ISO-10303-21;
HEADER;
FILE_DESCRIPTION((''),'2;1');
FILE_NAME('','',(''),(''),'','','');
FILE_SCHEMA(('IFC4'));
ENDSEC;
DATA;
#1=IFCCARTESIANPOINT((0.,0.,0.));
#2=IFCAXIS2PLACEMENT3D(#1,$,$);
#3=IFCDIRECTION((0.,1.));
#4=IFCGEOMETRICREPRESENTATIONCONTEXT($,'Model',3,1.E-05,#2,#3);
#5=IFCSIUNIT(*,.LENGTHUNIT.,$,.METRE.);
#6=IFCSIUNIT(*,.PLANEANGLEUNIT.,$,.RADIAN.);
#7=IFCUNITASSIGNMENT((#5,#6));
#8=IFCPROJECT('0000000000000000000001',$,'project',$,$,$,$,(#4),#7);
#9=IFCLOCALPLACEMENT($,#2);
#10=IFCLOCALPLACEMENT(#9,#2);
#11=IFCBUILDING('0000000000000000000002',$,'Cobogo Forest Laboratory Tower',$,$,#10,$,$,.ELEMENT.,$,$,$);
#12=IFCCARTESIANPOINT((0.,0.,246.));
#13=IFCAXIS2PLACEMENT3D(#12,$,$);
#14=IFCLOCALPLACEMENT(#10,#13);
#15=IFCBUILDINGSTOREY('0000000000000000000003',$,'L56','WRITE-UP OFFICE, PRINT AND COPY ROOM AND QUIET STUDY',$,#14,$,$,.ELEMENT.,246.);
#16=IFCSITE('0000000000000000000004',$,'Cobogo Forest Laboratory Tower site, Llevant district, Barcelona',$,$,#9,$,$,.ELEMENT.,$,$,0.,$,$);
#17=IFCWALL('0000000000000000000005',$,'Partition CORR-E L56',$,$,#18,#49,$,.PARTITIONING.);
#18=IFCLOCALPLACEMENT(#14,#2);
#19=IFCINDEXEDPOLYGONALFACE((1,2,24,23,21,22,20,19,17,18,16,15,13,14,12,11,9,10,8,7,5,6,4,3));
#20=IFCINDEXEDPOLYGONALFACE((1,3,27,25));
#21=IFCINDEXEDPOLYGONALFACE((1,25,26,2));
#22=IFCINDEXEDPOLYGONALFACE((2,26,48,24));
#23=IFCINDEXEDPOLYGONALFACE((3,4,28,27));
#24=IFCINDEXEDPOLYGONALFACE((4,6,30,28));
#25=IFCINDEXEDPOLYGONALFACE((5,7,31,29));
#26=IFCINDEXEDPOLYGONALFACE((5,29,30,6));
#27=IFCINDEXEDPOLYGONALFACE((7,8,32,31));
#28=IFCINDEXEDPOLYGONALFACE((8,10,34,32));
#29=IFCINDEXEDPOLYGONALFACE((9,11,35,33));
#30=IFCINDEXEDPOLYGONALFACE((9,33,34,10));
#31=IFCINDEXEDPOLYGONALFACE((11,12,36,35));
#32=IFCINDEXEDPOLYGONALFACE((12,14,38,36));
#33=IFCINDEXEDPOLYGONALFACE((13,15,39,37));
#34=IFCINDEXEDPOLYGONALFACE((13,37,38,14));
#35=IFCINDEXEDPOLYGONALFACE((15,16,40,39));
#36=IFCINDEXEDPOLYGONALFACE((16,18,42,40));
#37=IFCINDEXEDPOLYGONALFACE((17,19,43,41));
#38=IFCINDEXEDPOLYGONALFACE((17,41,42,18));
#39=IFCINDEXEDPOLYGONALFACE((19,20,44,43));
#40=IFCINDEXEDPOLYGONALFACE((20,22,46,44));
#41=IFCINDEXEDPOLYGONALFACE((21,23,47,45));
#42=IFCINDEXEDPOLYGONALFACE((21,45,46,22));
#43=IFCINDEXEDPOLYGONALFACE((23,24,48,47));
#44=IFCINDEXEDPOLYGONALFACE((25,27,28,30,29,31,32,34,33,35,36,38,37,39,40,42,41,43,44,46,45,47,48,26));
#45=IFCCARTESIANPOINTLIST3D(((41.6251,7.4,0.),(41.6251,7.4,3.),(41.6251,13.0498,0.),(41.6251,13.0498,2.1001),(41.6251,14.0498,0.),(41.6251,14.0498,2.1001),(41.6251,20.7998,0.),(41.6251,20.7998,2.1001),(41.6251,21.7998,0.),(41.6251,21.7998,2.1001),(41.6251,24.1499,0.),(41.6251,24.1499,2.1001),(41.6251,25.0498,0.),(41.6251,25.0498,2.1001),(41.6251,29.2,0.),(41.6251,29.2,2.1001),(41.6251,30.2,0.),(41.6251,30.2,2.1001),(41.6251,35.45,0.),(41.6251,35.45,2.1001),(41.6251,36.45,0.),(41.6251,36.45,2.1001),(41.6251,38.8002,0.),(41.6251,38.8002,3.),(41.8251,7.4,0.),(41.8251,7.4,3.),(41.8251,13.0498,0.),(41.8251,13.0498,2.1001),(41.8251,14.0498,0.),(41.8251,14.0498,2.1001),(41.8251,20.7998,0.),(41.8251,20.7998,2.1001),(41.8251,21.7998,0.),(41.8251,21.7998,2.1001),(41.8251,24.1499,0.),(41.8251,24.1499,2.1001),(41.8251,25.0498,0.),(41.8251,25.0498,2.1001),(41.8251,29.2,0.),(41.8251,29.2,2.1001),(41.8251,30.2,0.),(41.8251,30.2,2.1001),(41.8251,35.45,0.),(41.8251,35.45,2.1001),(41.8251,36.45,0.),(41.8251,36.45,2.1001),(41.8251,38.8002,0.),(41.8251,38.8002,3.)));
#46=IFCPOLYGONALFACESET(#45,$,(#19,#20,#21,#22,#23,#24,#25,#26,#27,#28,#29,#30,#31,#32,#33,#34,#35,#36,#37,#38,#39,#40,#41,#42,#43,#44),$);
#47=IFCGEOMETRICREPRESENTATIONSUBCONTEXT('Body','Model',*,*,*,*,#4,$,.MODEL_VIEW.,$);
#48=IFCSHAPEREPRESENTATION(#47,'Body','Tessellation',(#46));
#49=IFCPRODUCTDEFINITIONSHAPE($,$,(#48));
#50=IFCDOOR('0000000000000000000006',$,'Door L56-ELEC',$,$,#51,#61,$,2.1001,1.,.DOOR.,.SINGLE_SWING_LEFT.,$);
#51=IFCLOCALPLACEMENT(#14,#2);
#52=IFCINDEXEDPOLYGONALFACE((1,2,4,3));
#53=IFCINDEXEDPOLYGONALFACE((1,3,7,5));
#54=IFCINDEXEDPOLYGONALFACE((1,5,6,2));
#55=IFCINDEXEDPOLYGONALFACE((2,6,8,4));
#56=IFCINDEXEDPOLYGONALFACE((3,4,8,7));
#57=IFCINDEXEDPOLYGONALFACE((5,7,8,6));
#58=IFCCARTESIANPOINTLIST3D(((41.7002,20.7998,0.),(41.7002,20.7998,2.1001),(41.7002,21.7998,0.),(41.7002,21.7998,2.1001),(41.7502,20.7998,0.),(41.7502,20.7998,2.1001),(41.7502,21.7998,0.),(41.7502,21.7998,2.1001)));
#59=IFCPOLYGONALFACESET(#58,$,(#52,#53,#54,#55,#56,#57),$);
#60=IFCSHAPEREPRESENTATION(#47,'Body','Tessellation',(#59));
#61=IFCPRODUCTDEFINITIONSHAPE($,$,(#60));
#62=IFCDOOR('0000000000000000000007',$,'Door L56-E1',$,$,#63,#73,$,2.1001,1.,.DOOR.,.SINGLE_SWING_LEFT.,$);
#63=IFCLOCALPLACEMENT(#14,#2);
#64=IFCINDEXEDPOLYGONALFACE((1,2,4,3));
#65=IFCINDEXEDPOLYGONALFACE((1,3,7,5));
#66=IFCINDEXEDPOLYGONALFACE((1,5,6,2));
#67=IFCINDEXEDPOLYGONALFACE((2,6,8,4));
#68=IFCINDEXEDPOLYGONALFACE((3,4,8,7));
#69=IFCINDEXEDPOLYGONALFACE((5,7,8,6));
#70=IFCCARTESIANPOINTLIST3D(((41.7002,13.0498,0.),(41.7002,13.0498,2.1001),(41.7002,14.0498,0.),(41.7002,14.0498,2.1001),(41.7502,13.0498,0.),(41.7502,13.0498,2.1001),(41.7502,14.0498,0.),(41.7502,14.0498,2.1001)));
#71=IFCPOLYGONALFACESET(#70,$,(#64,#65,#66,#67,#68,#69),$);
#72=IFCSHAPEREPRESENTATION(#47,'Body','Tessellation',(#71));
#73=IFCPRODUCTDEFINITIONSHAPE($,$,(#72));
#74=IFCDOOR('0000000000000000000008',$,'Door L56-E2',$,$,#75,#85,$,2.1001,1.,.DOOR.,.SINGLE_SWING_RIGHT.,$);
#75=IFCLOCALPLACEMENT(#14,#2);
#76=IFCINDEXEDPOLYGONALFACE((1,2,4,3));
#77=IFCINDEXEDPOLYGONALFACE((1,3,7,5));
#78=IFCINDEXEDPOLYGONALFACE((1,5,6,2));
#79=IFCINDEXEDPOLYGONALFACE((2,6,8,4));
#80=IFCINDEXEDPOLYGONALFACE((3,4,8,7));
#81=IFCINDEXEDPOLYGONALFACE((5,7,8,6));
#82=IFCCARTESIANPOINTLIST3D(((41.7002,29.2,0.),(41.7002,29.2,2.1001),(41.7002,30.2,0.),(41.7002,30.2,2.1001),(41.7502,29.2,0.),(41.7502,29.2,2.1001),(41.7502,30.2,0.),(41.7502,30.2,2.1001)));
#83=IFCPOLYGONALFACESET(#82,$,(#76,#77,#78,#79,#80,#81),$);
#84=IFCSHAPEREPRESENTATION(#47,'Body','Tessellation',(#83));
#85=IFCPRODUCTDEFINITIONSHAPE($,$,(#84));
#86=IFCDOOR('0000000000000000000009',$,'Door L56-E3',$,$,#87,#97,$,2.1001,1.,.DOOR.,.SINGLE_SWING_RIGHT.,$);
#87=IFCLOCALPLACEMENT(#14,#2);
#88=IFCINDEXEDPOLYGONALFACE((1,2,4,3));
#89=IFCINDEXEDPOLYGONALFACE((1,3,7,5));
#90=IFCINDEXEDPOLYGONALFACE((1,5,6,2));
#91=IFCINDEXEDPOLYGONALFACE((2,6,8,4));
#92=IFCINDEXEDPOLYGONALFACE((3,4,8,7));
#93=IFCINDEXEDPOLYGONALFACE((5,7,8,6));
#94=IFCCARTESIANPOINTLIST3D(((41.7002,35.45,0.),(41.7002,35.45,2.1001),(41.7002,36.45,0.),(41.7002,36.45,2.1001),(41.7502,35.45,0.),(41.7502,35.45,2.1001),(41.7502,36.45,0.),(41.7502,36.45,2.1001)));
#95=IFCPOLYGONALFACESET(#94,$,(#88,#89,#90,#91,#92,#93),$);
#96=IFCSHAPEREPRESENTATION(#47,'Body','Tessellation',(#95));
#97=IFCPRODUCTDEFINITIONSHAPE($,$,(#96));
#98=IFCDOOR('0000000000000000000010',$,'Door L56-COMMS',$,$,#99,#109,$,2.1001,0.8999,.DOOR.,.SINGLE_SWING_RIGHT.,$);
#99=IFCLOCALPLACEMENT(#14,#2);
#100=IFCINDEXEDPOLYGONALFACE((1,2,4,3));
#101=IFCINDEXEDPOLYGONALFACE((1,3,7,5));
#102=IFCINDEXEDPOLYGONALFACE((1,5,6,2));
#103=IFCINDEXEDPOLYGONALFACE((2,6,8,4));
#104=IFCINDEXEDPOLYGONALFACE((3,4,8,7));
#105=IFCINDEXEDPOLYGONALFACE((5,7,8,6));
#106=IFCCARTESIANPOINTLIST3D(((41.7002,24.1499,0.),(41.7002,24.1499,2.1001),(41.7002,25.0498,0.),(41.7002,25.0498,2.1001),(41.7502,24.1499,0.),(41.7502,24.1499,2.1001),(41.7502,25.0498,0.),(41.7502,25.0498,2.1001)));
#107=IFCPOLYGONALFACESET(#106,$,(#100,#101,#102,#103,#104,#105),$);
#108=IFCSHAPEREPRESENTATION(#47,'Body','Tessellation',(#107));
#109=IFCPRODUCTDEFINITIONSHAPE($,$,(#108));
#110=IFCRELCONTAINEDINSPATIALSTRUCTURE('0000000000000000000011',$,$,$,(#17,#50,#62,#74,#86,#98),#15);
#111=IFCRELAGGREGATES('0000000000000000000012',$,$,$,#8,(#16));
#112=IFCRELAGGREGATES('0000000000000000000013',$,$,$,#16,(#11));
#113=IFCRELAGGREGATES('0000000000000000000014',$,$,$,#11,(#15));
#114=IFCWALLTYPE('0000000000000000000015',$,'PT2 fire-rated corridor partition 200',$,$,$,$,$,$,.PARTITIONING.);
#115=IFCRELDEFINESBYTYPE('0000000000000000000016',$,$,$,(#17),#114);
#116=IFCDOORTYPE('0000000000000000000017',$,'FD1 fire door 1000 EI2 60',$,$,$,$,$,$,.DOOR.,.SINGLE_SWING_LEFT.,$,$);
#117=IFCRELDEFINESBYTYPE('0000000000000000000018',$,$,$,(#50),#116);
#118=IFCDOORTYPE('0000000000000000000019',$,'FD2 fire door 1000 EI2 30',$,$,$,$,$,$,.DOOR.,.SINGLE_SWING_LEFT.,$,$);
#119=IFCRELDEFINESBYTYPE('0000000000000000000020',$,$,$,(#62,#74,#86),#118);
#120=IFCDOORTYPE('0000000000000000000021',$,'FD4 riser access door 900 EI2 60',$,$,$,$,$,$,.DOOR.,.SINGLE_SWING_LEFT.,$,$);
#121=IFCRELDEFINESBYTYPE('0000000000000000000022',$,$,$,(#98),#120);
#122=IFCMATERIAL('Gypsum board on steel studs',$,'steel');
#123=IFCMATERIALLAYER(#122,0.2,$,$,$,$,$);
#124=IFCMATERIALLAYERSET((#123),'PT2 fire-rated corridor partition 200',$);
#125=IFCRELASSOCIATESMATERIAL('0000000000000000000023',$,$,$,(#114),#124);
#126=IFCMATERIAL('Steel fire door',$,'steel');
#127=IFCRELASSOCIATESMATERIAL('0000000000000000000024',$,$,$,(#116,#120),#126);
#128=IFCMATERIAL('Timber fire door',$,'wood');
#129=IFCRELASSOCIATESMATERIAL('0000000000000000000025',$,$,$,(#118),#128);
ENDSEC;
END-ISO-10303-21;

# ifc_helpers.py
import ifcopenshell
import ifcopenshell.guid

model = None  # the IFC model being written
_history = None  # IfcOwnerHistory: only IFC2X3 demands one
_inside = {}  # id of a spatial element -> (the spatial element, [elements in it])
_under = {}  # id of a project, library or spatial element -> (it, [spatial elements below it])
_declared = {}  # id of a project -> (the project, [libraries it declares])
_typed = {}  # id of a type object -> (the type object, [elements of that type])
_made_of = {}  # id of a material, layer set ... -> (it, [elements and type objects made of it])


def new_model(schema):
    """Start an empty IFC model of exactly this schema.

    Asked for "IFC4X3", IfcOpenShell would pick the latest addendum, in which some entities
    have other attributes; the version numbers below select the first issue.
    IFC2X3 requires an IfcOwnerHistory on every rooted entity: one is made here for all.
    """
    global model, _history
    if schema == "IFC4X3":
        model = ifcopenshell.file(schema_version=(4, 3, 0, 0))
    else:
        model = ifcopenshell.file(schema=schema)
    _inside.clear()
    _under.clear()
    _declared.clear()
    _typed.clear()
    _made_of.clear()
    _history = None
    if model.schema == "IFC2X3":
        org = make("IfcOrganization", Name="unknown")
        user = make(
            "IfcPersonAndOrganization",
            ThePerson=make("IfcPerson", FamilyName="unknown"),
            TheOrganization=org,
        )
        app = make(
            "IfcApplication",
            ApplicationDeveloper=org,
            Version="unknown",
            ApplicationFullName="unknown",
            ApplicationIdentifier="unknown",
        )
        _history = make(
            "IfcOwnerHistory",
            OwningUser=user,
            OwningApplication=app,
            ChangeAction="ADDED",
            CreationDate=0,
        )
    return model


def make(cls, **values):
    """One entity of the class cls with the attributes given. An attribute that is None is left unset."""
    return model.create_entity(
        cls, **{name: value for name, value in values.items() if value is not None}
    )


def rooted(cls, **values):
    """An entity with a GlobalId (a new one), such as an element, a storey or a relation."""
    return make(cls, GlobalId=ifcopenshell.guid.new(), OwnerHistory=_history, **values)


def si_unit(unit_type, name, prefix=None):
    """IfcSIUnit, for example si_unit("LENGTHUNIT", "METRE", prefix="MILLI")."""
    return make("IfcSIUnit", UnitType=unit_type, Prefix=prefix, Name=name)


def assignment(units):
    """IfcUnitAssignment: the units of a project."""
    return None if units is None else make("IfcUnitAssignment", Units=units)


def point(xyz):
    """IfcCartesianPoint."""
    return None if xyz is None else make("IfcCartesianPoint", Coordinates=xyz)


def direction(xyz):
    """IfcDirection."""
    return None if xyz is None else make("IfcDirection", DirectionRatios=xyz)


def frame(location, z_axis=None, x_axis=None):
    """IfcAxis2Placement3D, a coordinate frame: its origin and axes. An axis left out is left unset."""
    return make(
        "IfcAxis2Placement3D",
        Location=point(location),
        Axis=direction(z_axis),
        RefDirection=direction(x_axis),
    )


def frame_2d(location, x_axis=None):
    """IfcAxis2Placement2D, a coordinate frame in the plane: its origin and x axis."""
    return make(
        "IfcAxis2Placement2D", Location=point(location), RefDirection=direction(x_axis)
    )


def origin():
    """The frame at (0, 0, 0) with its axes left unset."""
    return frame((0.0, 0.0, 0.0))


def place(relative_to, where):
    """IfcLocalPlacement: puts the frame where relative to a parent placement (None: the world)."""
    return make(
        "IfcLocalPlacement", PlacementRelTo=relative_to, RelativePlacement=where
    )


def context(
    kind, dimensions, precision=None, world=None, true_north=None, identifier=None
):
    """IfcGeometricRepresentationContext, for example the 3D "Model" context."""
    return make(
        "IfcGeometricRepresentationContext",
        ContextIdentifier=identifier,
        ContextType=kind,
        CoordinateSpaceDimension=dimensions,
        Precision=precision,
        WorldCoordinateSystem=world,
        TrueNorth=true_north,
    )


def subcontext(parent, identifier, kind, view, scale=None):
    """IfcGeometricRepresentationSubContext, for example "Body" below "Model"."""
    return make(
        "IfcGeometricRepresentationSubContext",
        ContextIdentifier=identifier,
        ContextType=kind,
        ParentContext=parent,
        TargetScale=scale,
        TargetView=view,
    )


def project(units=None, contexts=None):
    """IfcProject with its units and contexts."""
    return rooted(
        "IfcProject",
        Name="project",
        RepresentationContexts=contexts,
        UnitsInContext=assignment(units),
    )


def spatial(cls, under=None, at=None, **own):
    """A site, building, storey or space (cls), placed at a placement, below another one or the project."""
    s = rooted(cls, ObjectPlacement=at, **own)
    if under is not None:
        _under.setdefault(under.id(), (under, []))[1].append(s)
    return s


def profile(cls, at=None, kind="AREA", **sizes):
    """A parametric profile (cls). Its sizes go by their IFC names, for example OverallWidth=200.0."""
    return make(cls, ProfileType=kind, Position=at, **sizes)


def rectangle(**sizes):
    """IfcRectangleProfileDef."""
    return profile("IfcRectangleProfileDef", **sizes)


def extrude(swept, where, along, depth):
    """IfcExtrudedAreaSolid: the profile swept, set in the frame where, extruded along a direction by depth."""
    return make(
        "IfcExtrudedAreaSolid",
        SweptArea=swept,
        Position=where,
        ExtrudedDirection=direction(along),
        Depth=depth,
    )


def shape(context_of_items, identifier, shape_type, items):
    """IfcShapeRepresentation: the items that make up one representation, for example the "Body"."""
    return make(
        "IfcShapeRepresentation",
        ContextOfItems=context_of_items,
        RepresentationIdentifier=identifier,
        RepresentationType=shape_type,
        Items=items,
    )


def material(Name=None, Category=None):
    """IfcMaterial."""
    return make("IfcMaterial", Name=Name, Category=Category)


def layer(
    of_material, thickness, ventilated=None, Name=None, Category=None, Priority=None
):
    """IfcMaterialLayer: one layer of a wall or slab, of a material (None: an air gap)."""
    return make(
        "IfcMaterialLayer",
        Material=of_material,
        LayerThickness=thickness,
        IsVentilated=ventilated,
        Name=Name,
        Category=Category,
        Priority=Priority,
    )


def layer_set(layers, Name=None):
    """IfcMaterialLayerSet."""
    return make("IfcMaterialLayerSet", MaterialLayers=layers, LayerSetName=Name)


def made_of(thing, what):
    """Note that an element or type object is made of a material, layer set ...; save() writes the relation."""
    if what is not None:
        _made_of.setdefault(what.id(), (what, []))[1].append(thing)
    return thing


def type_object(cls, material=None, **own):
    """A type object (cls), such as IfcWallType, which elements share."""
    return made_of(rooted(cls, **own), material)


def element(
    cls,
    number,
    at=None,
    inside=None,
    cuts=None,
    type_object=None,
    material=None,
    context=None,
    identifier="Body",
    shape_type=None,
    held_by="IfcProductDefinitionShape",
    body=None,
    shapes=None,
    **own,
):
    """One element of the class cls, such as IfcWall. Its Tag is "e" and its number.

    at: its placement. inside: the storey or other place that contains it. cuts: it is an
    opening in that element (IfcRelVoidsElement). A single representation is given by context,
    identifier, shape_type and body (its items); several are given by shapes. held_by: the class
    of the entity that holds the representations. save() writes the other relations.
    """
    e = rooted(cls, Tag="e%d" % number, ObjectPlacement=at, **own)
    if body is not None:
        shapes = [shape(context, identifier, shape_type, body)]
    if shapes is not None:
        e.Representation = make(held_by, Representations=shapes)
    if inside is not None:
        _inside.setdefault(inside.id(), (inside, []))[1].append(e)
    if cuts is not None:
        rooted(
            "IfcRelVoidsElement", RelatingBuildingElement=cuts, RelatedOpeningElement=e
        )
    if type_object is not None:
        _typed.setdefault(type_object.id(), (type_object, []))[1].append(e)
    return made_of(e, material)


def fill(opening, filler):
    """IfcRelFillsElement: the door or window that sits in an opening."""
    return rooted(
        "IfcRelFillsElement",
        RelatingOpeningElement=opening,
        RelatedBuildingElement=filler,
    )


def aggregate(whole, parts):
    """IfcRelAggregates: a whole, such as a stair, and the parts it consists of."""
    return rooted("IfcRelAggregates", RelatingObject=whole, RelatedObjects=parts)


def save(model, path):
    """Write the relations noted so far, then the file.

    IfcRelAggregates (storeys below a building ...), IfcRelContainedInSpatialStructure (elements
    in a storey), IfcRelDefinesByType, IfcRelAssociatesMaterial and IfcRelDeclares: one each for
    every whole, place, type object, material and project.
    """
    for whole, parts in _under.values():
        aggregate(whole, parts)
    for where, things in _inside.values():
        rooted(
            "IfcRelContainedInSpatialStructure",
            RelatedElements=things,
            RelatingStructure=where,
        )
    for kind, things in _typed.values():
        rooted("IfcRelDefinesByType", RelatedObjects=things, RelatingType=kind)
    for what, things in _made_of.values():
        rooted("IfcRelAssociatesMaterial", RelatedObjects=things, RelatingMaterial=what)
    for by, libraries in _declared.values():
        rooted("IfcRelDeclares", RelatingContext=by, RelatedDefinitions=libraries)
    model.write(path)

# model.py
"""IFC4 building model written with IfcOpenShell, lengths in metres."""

from ifc_helpers import new_model, si_unit, direction, frame, frame_2d, origin, place, context, subcontext, project, spatial, rectangle, extrude, material, layer, layer_set, type_object, element, fill, save


model = new_model("IFC4")

# Units and contexts
model_context = context("Model", 3, precision=1e-05, world=origin(), true_north=direction((0.0, 1.0)))
body_context = subcontext(model_context, "Body", "Model", "MODEL_VIEW")
ifc_project = project(units=[si_unit("LENGTHUNIT", "METRE"), si_unit("PLANEANGLEUNIT", "RADIAN")], contexts=[model_context])

# Site, building, storey
site_placement = place(None, origin())
site = spatial("IfcSite", under=ifc_project, at=site_placement, Name="Cobogo Forest Laboratory Tower site, Llevant district, Barcelona", CompositionType="ELEMENT", RefElevation=0.0)
building_placement = place(site_placement, origin())
building = spatial("IfcBuilding", under=site, at=building_placement, Name="Cobogo Forest Laboratory Tower", CompositionType="ELEMENT")
storey_placement = place(building_placement, frame((0.0, 0.0, 246.0)))
storey = spatial("IfcBuildingStorey", under=building, at=storey_placement, Name="L56", Description="WRITE-UP OFFICE, PRINT AND COPY ROOM AND QUIET STUDY", CompositionType="ELEMENT", Elevation=246.0)

# Shared definitions
ifc_material_1 = material(Name="Gypsum board on steel studs", Category="steel")

# Wall, openings, doors
ifc_layer_1 = layer(ifc_material_1, 0.2)
ifc_layer_set_1 = layer_set([ifc_layer_1], Name="PT2 fire-rated corridor partition 200")
wall_type_1 = type_object("IfcWallType", Name="PT2 fire-rated corridor partition 200", PredefinedType="PARTITIONING", material=ifc_layer_set_1)
wall_1_placement = place(storey_placement, frame((41.7251, 7.3999, 0.0), z_axis=(0.0, 0.0, 1.0), x_axis=(0.0, 1.0, 0.0)))
wall_1 = element("IfcWall", 1, at=wall_1_placement, inside=storey, type_object=wall_type_1, Name="Partition CORR-E L56", PredefinedType="PARTITIONING", context=body_context, shape_type="SweptSolid", body=[
    extrude(rectangle(XDim=31.4001, YDim=0.2, at=frame_2d((15.7002, 0.0))), origin(), (0.0, 0.0, 1.0), 3.0),
])
opening_1_placement = place(wall_1_placement, frame((5.6499, 0.0, 0.0)))
opening_1 = element("IfcOpeningElement", 2, at=opening_1_placement, cuts=wall_1, PredefinedType="OPENING", context=body_context, shape_type="SweptSolid", body=[
    extrude(rectangle(XDim=1.0, YDim=2.1001, at=frame_2d((0.5, 1.05))), frame((0.0, 0.1099, 0.0), z_axis=(0.0, -1.0, 0.0), x_axis=(1.0, 0.0, 0.0)), (0.0, 0.0, 1.0), 0.22),
])
opening_2_placement = place(wall_1_placement, frame((13.3999, 0.0, 0.0)))
opening_2 = element("IfcOpeningElement", 3, at=opening_2_placement, cuts=wall_1, PredefinedType="OPENING", context=body_context, shape_type="SweptSolid", body=[
    extrude(rectangle(XDim=1.0, YDim=2.1001, at=frame_2d((0.5, 1.05))), frame((0.0, 0.1099, 0.0), z_axis=(0.0, -1.0, 0.0), x_axis=(1.0, 0.0, 0.0)), (0.0, 0.0, 1.0), 0.22),
])
opening_3_placement = place(wall_1_placement, frame((16.75, 0.0, 0.0)))
opening_3 = element("IfcOpeningElement", 4, at=opening_3_placement, cuts=wall_1, PredefinedType="OPENING", context=body_context, shape_type="SweptSolid", body=[
    extrude(rectangle(XDim=0.8999, YDim=2.1001, at=frame_2d((0.45, 1.05))), frame((0.0, 0.1099, 0.0), z_axis=(0.0, -1.0, 0.0), x_axis=(1.0, 0.0, 0.0)), (0.0, 0.0, 1.0), 0.22),
])
opening_4_placement = place(wall_1_placement, frame((21.8, 0.0, 0.0)))
opening_4 = element("IfcOpeningElement", 5, at=opening_4_placement, cuts=wall_1, PredefinedType="OPENING", context=body_context, shape_type="SweptSolid", body=[
    extrude(rectangle(XDim=1.0, YDim=2.1001, at=frame_2d((0.5, 1.05))), frame((0.0, 0.1099, 0.0), z_axis=(0.0, -1.0, 0.0), x_axis=(1.0, 0.0, 0.0)), (0.0, 0.0, 1.0), 0.22),
])
opening_5_placement = place(wall_1_placement, frame((28.05, 0.0, 0.0)))
opening_5 = element("IfcOpeningElement", 6, at=opening_5_placement, cuts=wall_1, PredefinedType="OPENING", context=body_context, shape_type="SweptSolid", body=[
    extrude(rectangle(XDim=1.0, YDim=2.1001, at=frame_2d((0.5, 1.05))), frame((0.0, 0.1099, 0.0), z_axis=(0.0, -1.0, 0.0), x_axis=(1.0, 0.0, 0.0)), (0.0, 0.0, 1.0), 0.22),
])
ifc_material_2 = material(Name="Steel fire door", Category="steel")
door_type_1 = type_object("IfcDoorType", Name="FD1 fire door 1000 EI2 60", OperationType="SINGLE_SWING_LEFT", PredefinedType="DOOR", material=ifc_material_2)
door_1_placement = place(opening_2_placement, origin())
door_1 = element("IfcDoor", 7, at=door_1_placement, inside=storey, type_object=door_type_1, Name="Door L56-ELEC", OperationType="SINGLE_SWING_LEFT", OverallHeight=2.1001, OverallWidth=1.0, PredefinedType="DOOR", context=body_context, shape_type="SweptSolid", body=[
    extrude(rectangle(XDim=1.0, YDim=2.1001, at=frame_2d((0.5, 1.05))), frame((0.0, 0.0249, 0.0), z_axis=(0.0, -1.0, 0.0), x_axis=(1.0, 0.0, 0.0)), (0.0, 0.0, 1.0), 0.05),
])
fill(opening_2, door_1)
ifc_material_3 = material(Name="Timber fire door", Category="wood")
door_type_2 = type_object("IfcDoorType", Name="FD2 fire door 1000 EI2 30", OperationType="SINGLE_SWING_LEFT", PredefinedType="DOOR", material=ifc_material_3)
door_2_placement = place(opening_1_placement, origin())
door_2 = element("IfcDoor", 8, at=door_2_placement, inside=storey, type_object=door_type_2, Name="Door L56-E1", OperationType="SINGLE_SWING_LEFT", OverallHeight=2.1001, OverallWidth=1.0, PredefinedType="DOOR", context=body_context, shape_type="SweptSolid", body=[
    extrude(rectangle(XDim=1.0, YDim=2.1001, at=frame_2d((0.5, 1.05))), frame((0.0, 0.0249, 0.0), z_axis=(0.0, -1.0, 0.0), x_axis=(1.0, 0.0, 0.0)), (0.0, 0.0, 1.0), 0.05),
])
fill(opening_1, door_2)
door_3_placement = place(opening_4_placement, origin())
door_3 = element("IfcDoor", 9, at=door_3_placement, inside=storey, type_object=door_type_2, Name="Door L56-E2", OperationType="SINGLE_SWING_RIGHT", OverallHeight=2.1001, OverallWidth=1.0, PredefinedType="DOOR", context=body_context, shape_type="SweptSolid", body=[
    extrude(rectangle(XDim=1.0, YDim=2.1001, at=frame_2d((0.5, 1.05))), frame((0.0, 0.0249, 0.0), z_axis=(0.0, -1.0, 0.0), x_axis=(1.0, 0.0, 0.0)), (0.0, 0.0, 1.0), 0.05),
])
fill(opening_4, door_3)
door_4_placement = place(opening_5_placement, origin())
door_4 = element("IfcDoor", 10, at=door_4_placement, inside=storey, type_object=door_type_2, Name="Door L56-E3", OperationType="SINGLE_SWING_RIGHT", OverallHeight=2.1001, OverallWidth=1.0, PredefinedType="DOOR", context=body_context, shape_type="SweptSolid", body=[
    extrude(rectangle(XDim=1.0, YDim=2.1001, at=frame_2d((0.5, 1.05))), frame((0.0, 0.0249, 0.0), z_axis=(0.0, -1.0, 0.0), x_axis=(1.0, 0.0, 0.0)), (0.0, 0.0, 1.0), 0.05),
])
fill(opening_5, door_4)
door_type_3 = type_object("IfcDoorType", Name="FD4 riser access door 900 EI2 60", OperationType="SINGLE_SWING_LEFT", PredefinedType="DOOR", material=ifc_material_2)
door_5_placement = place(opening_3_placement, origin())
door_5 = element("IfcDoor", 11, at=door_5_placement, inside=storey, type_object=door_type_3, Name="Door L56-COMMS", OperationType="SINGLE_SWING_RIGHT", OverallHeight=2.1001, OverallWidth=0.8999, PredefinedType="DOOR", context=body_context, shape_type="SweptSolid", body=[
    extrude(rectangle(XDim=0.8999, YDim=2.1001, at=frame_2d((0.45, 1.05))), frame((0.0, 0.0249, 0.0), z_axis=(0.0, -1.0, 0.0), x_axis=(1.0, 0.0, 0.0)), (0.0, 0.0, 1.0), 0.05),
])
fill(opening_3, door_5)

save(model, "model.ifc")
